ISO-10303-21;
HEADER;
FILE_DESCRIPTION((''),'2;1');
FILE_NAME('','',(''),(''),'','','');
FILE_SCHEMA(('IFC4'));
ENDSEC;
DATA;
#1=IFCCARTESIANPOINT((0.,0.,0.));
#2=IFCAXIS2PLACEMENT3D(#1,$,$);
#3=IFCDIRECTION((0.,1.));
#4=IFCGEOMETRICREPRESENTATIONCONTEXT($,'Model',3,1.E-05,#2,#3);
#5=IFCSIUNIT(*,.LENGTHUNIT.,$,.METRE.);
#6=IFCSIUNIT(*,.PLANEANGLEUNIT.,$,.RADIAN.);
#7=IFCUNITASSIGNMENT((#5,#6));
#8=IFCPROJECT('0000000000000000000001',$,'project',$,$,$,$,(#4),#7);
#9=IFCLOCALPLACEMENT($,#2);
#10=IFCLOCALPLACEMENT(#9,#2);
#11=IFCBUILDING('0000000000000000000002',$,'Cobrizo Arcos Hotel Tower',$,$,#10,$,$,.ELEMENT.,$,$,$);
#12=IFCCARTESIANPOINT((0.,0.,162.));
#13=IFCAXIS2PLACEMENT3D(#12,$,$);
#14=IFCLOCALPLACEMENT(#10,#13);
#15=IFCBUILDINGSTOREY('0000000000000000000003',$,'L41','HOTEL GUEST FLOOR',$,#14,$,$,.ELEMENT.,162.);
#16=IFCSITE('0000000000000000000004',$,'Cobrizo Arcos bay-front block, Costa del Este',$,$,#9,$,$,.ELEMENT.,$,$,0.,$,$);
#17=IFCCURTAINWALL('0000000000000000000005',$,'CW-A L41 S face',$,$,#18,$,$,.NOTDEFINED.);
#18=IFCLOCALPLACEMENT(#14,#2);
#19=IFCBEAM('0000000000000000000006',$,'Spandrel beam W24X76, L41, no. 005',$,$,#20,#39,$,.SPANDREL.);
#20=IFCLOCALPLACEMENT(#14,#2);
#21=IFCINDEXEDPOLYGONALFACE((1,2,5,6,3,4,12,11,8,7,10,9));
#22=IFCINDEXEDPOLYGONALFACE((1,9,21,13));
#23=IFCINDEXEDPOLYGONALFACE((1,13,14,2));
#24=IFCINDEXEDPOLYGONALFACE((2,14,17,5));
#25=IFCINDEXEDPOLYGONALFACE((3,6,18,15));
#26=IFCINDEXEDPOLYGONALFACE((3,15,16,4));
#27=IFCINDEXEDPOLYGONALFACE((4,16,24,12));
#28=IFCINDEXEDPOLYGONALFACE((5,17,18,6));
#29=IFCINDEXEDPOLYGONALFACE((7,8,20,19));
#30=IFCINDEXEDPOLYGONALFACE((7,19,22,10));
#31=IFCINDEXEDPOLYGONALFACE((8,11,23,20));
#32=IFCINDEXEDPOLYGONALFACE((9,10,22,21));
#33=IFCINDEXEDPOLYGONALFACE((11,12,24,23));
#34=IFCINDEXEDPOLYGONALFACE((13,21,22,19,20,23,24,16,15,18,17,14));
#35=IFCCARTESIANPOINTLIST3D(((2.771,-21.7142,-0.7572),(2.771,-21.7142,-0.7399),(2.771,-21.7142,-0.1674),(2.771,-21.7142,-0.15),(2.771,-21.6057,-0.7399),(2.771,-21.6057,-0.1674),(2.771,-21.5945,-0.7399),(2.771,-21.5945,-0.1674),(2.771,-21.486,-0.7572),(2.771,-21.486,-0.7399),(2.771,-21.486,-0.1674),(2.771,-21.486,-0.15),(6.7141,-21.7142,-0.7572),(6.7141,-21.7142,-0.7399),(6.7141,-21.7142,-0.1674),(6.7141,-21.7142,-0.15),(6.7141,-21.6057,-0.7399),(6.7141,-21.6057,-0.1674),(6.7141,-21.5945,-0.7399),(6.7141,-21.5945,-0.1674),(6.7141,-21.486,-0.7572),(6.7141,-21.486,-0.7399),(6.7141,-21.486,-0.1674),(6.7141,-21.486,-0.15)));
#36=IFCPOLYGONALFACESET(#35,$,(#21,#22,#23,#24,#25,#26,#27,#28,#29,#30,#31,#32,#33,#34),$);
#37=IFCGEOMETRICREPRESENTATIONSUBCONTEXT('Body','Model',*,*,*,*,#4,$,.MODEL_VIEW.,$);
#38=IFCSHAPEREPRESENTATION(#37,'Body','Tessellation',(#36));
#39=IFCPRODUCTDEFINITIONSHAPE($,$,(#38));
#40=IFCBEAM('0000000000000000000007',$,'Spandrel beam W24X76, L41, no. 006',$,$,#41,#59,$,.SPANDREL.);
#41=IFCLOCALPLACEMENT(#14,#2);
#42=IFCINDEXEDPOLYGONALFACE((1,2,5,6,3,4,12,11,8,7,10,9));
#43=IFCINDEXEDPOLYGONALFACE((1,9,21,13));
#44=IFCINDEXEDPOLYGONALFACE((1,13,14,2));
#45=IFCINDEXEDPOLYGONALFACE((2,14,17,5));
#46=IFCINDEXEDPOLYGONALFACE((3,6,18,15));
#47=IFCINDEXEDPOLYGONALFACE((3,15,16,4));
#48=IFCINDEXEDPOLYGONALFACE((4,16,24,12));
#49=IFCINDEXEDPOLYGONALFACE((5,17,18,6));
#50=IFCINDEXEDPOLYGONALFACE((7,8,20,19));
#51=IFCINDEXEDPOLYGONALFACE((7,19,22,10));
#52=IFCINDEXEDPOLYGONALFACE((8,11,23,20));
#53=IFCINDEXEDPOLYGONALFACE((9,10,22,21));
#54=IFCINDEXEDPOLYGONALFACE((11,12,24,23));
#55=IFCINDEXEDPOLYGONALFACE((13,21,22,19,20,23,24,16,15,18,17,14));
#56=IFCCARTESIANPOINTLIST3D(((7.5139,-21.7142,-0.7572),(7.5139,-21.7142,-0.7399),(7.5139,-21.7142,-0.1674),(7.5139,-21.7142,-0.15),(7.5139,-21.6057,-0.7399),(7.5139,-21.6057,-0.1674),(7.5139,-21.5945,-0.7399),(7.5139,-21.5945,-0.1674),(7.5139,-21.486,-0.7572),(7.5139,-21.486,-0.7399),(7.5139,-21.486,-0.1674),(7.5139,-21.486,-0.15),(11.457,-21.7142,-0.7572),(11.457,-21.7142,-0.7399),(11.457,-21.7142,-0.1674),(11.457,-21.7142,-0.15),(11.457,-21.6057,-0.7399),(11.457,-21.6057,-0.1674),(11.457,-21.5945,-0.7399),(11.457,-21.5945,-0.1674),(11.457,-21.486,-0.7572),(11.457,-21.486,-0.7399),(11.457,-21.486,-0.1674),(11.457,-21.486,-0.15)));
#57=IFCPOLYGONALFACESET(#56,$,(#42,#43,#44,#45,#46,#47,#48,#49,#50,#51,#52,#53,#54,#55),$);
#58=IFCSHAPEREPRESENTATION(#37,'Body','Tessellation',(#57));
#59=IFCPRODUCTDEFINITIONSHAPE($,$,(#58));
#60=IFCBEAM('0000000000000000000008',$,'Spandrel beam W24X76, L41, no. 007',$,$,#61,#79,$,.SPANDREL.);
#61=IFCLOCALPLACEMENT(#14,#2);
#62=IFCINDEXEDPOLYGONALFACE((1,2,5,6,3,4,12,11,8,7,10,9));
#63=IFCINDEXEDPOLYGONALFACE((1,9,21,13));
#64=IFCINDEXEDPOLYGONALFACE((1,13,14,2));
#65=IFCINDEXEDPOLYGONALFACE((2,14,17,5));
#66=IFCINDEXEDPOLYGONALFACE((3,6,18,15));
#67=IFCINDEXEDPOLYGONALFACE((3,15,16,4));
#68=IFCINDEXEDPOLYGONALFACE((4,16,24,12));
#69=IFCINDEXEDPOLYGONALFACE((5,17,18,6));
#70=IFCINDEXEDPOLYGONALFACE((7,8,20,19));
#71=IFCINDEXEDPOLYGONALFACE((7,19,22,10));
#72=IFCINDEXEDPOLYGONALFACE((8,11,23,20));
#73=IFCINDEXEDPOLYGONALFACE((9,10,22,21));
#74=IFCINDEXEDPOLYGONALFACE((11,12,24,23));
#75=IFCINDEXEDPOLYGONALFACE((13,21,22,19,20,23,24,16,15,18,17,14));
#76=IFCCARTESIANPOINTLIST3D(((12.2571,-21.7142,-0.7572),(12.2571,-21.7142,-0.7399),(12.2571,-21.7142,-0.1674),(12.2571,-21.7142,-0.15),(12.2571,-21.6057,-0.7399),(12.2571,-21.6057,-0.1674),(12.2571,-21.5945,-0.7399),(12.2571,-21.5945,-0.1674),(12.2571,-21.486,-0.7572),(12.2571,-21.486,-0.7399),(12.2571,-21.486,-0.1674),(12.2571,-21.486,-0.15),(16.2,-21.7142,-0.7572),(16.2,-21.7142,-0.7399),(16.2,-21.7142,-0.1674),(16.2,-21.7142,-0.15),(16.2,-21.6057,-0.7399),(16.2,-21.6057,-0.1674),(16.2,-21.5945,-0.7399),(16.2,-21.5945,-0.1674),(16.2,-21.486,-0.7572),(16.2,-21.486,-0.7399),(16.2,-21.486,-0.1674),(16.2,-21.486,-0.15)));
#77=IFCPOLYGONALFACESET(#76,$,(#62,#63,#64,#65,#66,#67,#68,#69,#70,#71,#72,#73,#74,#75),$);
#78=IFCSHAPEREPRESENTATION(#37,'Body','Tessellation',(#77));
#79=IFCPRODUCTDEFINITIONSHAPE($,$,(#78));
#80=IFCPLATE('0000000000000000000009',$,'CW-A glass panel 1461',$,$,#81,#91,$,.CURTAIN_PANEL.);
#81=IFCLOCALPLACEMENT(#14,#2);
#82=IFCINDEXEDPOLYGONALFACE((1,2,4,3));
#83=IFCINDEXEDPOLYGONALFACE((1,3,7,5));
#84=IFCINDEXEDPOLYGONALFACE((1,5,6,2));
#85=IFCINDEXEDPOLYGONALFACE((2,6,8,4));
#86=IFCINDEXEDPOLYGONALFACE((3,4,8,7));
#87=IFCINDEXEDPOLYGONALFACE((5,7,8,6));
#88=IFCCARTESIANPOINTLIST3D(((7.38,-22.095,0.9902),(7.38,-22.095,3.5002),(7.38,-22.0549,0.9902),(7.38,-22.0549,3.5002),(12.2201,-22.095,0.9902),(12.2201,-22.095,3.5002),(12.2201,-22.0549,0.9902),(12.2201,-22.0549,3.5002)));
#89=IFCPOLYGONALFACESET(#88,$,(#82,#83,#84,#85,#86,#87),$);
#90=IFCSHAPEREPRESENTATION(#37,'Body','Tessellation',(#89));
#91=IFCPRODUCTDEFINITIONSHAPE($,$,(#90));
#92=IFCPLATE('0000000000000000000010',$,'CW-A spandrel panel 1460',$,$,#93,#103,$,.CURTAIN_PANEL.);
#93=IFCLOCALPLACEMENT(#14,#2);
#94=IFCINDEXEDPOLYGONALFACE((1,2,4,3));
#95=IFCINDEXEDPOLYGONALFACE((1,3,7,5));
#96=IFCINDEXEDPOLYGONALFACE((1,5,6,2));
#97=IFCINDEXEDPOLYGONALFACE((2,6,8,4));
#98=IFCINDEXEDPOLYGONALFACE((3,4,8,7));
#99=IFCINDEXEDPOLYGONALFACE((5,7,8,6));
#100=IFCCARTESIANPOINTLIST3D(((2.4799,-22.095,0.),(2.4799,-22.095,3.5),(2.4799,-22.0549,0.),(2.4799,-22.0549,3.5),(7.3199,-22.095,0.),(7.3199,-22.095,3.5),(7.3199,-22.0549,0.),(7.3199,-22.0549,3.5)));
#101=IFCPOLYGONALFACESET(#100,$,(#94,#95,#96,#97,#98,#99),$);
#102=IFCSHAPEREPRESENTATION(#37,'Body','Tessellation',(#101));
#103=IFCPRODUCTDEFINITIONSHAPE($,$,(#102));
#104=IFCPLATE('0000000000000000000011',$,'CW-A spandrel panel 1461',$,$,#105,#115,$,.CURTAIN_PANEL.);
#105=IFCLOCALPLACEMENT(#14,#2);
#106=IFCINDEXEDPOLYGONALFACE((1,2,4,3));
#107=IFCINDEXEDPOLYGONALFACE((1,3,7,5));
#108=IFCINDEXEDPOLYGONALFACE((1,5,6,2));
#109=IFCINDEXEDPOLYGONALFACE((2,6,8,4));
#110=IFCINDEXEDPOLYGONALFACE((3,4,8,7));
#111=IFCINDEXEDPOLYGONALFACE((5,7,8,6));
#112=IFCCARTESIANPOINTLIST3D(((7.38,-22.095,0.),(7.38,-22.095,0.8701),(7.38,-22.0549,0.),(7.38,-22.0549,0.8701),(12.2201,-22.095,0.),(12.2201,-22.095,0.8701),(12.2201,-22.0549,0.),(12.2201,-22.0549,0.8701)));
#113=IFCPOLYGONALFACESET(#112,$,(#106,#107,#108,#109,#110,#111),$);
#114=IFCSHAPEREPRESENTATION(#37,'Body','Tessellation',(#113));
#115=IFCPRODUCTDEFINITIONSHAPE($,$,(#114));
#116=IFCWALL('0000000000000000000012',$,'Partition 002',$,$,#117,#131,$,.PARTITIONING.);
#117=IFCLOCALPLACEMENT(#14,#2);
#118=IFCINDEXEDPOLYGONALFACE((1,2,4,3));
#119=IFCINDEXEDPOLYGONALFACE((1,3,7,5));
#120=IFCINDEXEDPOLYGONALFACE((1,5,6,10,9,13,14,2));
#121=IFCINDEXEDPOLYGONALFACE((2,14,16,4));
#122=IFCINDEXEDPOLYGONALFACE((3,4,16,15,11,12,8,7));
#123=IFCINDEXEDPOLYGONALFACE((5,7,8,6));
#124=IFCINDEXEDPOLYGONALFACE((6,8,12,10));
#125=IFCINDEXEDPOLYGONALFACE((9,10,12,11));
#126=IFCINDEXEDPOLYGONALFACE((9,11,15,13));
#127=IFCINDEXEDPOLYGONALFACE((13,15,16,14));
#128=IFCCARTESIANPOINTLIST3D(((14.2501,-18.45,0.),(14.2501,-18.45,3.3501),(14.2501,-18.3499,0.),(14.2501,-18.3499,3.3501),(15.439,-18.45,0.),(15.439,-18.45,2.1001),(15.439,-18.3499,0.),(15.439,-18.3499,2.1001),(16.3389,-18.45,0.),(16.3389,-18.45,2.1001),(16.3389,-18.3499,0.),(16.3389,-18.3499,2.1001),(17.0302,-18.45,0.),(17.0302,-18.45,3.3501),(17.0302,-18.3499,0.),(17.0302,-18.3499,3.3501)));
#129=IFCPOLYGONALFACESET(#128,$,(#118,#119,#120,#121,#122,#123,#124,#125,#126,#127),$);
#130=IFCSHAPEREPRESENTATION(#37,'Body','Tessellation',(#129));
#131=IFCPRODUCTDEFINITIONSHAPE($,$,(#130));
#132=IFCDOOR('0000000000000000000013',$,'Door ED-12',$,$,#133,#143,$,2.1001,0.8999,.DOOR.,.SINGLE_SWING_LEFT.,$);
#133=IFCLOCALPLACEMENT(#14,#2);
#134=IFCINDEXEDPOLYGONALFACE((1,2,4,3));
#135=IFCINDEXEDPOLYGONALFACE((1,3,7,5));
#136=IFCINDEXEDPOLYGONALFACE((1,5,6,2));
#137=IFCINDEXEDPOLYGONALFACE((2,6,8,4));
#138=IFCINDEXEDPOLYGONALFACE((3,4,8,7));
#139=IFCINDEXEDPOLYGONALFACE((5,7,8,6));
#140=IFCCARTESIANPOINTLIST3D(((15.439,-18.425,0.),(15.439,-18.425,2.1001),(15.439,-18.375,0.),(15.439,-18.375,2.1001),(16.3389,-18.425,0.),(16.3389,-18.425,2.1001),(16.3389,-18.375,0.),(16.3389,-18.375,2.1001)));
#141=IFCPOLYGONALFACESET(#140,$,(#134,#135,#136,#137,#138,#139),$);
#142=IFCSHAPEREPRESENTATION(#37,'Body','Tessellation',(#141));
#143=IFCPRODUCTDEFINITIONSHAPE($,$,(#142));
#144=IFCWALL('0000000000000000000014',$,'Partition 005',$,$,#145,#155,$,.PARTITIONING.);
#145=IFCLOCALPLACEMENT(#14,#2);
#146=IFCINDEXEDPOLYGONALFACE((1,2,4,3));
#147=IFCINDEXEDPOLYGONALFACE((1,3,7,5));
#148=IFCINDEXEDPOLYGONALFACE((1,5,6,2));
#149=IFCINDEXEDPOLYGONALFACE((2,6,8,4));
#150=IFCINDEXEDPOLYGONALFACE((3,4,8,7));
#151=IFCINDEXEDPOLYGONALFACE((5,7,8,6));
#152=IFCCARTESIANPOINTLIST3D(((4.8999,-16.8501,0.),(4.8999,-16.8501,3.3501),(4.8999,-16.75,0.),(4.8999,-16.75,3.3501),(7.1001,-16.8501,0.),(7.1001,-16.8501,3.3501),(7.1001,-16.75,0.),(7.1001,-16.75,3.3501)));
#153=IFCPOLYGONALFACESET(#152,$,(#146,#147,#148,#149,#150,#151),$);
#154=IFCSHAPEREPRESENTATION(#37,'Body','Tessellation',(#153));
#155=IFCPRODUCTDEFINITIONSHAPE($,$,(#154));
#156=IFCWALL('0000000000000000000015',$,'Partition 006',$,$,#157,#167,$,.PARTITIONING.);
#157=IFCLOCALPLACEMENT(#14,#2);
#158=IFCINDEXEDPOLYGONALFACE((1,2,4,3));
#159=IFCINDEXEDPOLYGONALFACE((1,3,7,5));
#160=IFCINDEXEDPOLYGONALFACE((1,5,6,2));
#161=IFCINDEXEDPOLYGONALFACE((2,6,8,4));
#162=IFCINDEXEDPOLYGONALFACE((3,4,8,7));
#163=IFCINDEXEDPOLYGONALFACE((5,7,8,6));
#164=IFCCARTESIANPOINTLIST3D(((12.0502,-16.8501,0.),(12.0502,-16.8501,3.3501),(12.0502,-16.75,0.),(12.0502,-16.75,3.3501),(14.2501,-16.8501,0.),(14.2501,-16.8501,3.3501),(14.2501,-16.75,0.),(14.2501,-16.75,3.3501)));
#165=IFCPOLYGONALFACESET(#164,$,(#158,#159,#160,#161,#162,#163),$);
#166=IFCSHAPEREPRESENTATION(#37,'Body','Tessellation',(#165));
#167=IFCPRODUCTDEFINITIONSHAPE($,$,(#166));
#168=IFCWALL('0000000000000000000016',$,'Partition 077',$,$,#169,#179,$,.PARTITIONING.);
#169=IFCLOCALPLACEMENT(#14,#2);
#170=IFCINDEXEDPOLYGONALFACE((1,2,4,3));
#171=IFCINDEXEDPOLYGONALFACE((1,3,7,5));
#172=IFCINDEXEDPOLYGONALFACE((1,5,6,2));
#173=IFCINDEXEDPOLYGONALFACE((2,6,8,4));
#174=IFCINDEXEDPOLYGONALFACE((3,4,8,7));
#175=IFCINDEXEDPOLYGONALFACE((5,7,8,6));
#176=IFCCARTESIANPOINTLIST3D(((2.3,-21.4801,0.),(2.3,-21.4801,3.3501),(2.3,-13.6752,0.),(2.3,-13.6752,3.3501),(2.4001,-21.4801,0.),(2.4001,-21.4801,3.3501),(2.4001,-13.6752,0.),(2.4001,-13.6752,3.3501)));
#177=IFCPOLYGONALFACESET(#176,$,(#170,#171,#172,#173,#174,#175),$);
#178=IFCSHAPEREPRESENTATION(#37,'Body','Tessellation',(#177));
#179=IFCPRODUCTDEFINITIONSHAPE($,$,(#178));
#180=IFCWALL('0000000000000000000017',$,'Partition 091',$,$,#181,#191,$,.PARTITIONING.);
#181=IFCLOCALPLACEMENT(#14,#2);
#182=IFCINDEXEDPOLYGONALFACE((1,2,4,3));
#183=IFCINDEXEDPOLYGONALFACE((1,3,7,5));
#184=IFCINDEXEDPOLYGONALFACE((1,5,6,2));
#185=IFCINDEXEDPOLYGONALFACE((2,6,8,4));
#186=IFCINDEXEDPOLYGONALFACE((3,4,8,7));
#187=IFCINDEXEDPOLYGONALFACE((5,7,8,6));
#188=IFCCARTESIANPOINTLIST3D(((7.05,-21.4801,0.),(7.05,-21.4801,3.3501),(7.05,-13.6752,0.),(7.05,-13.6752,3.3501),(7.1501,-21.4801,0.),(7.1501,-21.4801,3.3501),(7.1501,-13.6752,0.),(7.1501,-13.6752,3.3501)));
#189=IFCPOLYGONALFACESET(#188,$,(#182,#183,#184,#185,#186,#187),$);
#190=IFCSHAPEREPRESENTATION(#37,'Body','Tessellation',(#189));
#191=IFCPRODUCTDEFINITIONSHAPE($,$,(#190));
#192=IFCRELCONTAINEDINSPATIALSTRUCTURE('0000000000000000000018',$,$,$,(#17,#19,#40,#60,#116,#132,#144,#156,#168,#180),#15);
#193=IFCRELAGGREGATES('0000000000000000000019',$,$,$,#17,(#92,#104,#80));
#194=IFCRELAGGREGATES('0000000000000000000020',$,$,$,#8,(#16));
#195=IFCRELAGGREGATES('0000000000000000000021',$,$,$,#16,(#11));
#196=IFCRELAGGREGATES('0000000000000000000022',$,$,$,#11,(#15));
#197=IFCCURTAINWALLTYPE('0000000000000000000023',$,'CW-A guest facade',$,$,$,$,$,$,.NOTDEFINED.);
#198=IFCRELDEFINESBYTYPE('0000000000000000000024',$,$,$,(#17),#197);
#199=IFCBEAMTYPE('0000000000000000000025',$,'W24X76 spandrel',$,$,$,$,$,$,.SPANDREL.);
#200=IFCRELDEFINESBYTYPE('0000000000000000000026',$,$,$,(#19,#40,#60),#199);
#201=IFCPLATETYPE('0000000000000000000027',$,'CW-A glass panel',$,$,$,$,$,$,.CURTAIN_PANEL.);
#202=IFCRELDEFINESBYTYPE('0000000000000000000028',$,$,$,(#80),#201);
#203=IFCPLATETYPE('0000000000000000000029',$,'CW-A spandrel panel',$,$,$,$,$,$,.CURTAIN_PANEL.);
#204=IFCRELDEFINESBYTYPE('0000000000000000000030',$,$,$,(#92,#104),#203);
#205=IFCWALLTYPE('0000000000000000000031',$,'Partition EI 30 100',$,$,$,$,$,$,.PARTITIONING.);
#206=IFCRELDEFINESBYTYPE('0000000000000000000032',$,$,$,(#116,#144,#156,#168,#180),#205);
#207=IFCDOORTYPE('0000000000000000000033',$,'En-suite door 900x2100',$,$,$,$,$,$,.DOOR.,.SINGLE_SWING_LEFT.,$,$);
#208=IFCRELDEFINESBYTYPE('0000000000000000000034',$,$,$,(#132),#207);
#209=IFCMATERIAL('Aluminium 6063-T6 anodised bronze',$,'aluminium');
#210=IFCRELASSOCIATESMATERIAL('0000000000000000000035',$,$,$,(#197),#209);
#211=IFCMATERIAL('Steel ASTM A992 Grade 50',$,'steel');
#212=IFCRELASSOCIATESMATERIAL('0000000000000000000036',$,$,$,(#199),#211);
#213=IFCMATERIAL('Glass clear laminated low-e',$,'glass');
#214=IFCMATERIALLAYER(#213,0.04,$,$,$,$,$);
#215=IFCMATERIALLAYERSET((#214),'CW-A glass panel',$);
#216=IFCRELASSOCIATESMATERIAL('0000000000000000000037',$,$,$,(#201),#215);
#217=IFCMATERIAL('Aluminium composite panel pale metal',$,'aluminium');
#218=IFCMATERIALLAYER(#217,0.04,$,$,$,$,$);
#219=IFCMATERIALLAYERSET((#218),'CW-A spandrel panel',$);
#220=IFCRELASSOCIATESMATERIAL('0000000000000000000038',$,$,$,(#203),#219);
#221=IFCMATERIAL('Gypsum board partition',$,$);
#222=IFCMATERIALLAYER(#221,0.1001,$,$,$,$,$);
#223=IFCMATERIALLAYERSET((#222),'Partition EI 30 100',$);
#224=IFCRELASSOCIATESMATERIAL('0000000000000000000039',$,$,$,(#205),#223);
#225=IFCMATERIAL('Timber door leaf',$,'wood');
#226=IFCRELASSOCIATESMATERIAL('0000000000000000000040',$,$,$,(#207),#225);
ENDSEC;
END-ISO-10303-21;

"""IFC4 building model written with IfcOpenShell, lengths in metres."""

from ifc_helpers import new_model, si_unit, direction, frame, frame_2d, origin, origin_2d, place, context, subcontext, project, spatial, rectangle, i_section, extrude, material, layer, layer_set, material_profile, profile_set, type_object, element, fill, aggregate, save


model = new_model("IFC4")

# Units and contexts
model_context = context("Model", 3, precision=1e-05, world=origin(), true_north=direction((0.0, 1.0)))
body_context = subcontext(model_context, "Body", "Model", "MODEL_VIEW")
ifc_project = project(units=[si_unit("LENGTHUNIT", "METRE"), si_unit("PLANEANGLEUNIT", "RADIAN")], contexts=[model_context])

# Site, building, storey
site_placement = place(None, origin())
site = spatial("IfcSite", under=ifc_project, at=site_placement, Name="Cobrizo Arcos bay-front block, Costa del Este", CompositionType="ELEMENT", RefElevation=0.0)
building_placement = place(site_placement, origin())
building = spatial("IfcBuilding", under=site, at=building_placement, Name="Cobrizo Arcos Hotel Tower", CompositionType="ELEMENT")
storey_placement = place(building_placement, frame((0.0, 0.0, 162.0)))
storey = spatial("IfcBuildingStorey", under=building, at=storey_placement, Name="L41", Description="HOTEL GUEST FLOOR", CompositionType="ELEMENT", Elevation=162.0)

# Curtain wall
ifc_material_1 = material(Name="Aluminium 6063-T6 anodised bronze", Category="aluminium")
curtain_wall_type = type_object("IfcCurtainWallType", Name="CW-A guest facade", PredefinedType="NOTDEFINED", material=ifc_material_1)
curtain_wall_placement = place(storey_placement, origin())
curtain_wall = element("IfcCurtainWall", 1, at=curtain_wall_placement, inside=storey, type_object=curtain_wall_type, Name="CW-A L41 S face", PredefinedType="NOTDEFINED")

# Beams
ifc_material_2 = material(Name="Steel ASTM A992 Grade 50", Category="steel")
ifc_material_profile_1 = material_profile(ifc_material_2, i_section(OverallWidth=0.2283, OverallDepth=0.6072, WebThickness=0.0112, FlangeThickness=0.0173, at=origin_2d()), Name="W24X76")
ifc_profile_set_1 = profile_set([ifc_material_profile_1], Name="Steel ASTM A992 Grade 50")
beam_type_1 = type_object("IfcBeamType", Name="W24X76 spandrel", PredefinedType="SPANDREL", material=ifc_profile_set_1)
for number, where, z_axis, x_axis, name in (
    (2, (2.771, -21.6001, -0.4536), (1.0, 0.0, 0.0), (0.0, 1.0, 0.0), "Spandrel beam W24X76, L41, no. 005"),
    (3, (7.5139, -21.6001, -0.4536), (1.0, 0.0, 0.0), (0.0, 1.0, 0.0), "Spandrel beam W24X76, L41, no. 006"),
):
    element("IfcBeam", number, at=place(storey_placement, frame(where, z_axis=z_axis, x_axis=x_axis)), inside=storey, type_object=beam_type_1, Name=name, PredefinedType="SPANDREL", context=body_context, shape_type="SweptSolid", body=[
        extrude(i_section(OverallWidth=0.2283, OverallDepth=0.6072, WebThickness=0.0112, FlangeThickness=0.0173, at=origin_2d()), origin(), (0.0, 0.0, 1.0), 3.9431),
    ])
beam_1_placement = place(storey_placement, frame((12.2571, -21.6001, -0.4536), z_axis=(1.0, 0.0, 0.0), x_axis=(0.0, 1.0, 0.0)))
element("IfcBeam", 4, at=beam_1_placement, inside=storey, type_object=beam_type_1, Name="Spandrel beam W24X76, L41, no. 007", PredefinedType="SPANDREL", context=body_context, shape_type="SweptSolid", body=[
    extrude(i_section(OverallWidth=0.2283, OverallDepth=0.6072, WebThickness=0.0112, FlangeThickness=0.0173, at=origin_2d()), origin(), (0.0, 0.0, 1.0), 3.9429),
])

# Plates
ifc_material_3 = material(Name="Glass clear laminated low-e", Category="glass")
ifc_layer_1 = layer(ifc_material_3, 0.04)
ifc_layer_set_1 = layer_set([ifc_layer_1], Name="CW-A glass panel")
plate_type_1 = type_object("IfcPlateType", Name="CW-A glass panel", PredefinedType="CURTAIN_PANEL", material=ifc_layer_set_1)
plate_1_placement = place(storey_placement, frame((9.8, -22.075, 0.9902), z_axis=(0.0, 0.0, 1.0), x_axis=(1.0, 0.0, 0.0)))
plate_1 = element("IfcPlate", 5, at=plate_1_placement, type_object=plate_type_1, Name="CW-A glass panel 1461", PredefinedType="CURTAIN_PANEL", context=body_context, shape_type="SweptSolid", body=[
    extrude(rectangle(XDim=4.8401, YDim=0.04, at=origin_2d()), origin(), (0.0, 0.0, 1.0), 2.51),
])
ifc_material_4 = material(Name="Aluminium composite panel pale metal", Category="aluminium")
ifc_layer_2 = layer(ifc_material_4, 0.04)
ifc_layer_set_2 = layer_set([ifc_layer_2], Name="CW-A spandrel panel")
plate_type_2 = type_object("IfcPlateType", Name="CW-A spandrel panel", PredefinedType="CURTAIN_PANEL", material=ifc_layer_set_2)
plate_2_placement = place(storey_placement, frame((4.8999, -22.075, 0.0), z_axis=(0.0, 0.0, 1.0), x_axis=(1.0, 0.0, 0.0)))
plate_2 = element("IfcPlate", 6, at=plate_2_placement, type_object=plate_type_2, Name="CW-A spandrel panel 1460", PredefinedType="CURTAIN_PANEL", context=body_context, shape_type="SweptSolid", body=[
    extrude(rectangle(XDim=4.8401, YDim=0.04, at=origin_2d()), origin(), (0.0, 0.0, 1.0), 3.5),
])
plate_3_placement = place(storey_placement, frame((9.8, -22.075, 0.0), z_axis=(0.0, 0.0, 1.0), x_axis=(1.0, 0.0, 0.0)))
plate_3 = element("IfcPlate", 7, at=plate_3_placement, type_object=plate_type_2, Name="CW-A spandrel panel 1461", PredefinedType="CURTAIN_PANEL", context=body_context, shape_type="SweptSolid", body=[
    extrude(rectangle(XDim=4.8401, YDim=0.04, at=origin_2d()), origin(), (0.0, 0.0, 1.0), 0.8701),
])
aggregate(curtain_wall, [plate_2, plate_3, plate_1])

# Wall, opening, door
ifc_material_5 = material(Name="Gypsum board partition")
ifc_layer_3 = layer(ifc_material_5, 0.1001)
ifc_layer_set_3 = layer_set([ifc_layer_3], Name="Partition EI 30 100")
wall_type = type_object("IfcWallType", Name="Partition EI 30 100", PredefinedType="PARTITIONING", material=ifc_layer_set_3)
wall_1_placement = place(storey_placement, frame((14.25, -18.3999, 0.0), z_axis=(0.0, 0.0, 1.0), x_axis=(1.0, 0.0, 0.0)))
wall_1 = element("IfcWall", 8, at=wall_1_placement, inside=storey, type_object=wall_type, Name="Partition 002", PredefinedType="PARTITIONING", context=body_context, shape_type="SweptSolid", body=[
    extrude(rectangle(XDim=2.78, YDim=0.1001, at=frame_2d((1.3901, 0.0))), origin(), (0.0, 0.0, 1.0), 3.3501),
])
opening_placement = place(wall_1_placement, frame((1.189, 0.0, 0.0)))
opening = element("IfcOpeningElement", 9, at=opening_placement, cuts=wall_1, PredefinedType="OPENING", context=body_context, shape_type="SweptSolid", body=[
    extrude(rectangle(XDim=0.8999, YDim=2.1001, at=frame_2d((0.45, 1.05))), frame((0.0, 0.062, 0.0), z_axis=(0.0, -1.0, 0.0), x_axis=(1.0, 0.0, 0.0)), (0.0, 0.0, 1.0), 0.124),
])
ifc_material_6 = material(Name="Timber door leaf", Category="wood")
door_type = type_object("IfcDoorType", Name="En-suite door 900x2100", OperationType="SINGLE_SWING_LEFT", PredefinedType="DOOR", material=ifc_material_6)
door_placement = place(opening_placement, origin())
door = element("IfcDoor", 10, at=door_placement, inside=storey, type_object=door_type, Name="Door ED-12", OperationType="SINGLE_SWING_LEFT", OverallHeight=2.1001, OverallWidth=0.8999, PredefinedType="DOOR", context=body_context, shape_type="SweptSolid", body=[
    extrude(rectangle(XDim=0.8999, YDim=2.1001, at=frame_2d((0.45, 1.05))), frame((0.0, 0.0249, 0.0), z_axis=(0.0, -1.0, 0.0), x_axis=(1.0, 0.0, 0.0)), (0.0, 0.0, 1.0), 0.05),
])
fill(opening, door)

# Walls
wall_2_placement = place(storey_placement, frame((4.8999, -16.8, 0.0), z_axis=(0.0, 0.0, 1.0), x_axis=(1.0, 0.0, 0.0)))
element("IfcWall", 11, at=wall_2_placement, inside=storey, type_object=wall_type, Name="Partition 005", PredefinedType="PARTITIONING", context=body_context, shape_type="SweptSolid", body=[
    extrude(rectangle(XDim=2.2002, YDim=0.1001, at=frame_2d((1.1001, 0.0))), origin(), (0.0, 0.0, 1.0), 3.3501),
])
wall_3_placement = place(storey_placement, frame((12.05, -16.8, 0.0), z_axis=(0.0, 0.0, 1.0), x_axis=(1.0, 0.0, 0.0)))
element("IfcWall", 12, at=wall_3_placement, inside=storey, type_object=wall_type, Name="Partition 006", PredefinedType="PARTITIONING", context=body_context, shape_type="SweptSolid", body=[
    extrude(rectangle(XDim=2.2, YDim=0.1001, at=frame_2d((1.1001, 0.0))), origin(), (0.0, 0.0, 1.0), 3.3501),
])
for number, where, z_axis, x_axis, name in (
    (13, (2.3501, -21.48, 0.0), (0.0, 0.0, 1.0), (0.0, 1.0, 0.0), "Partition 077"),
    (14, (7.1001, -21.48, 0.0), (0.0, 0.0, 1.0), (0.0, 1.0, 0.0), "Partition 091"),
):
    element("IfcWall", number, at=place(storey_placement, frame(where, z_axis=z_axis, x_axis=x_axis)), inside=storey, type_object=wall_type, Name=name, PredefinedType="PARTITIONING", context=body_context, shape_type="SweptSolid", body=[
        extrude(rectangle(XDim=7.8049, YDim=0.1001, at=frame_2d((3.9023, 0.0))), origin(), (0.0, 0.0, 1.0), 3.3501),
    ])

save(model, "model.ifc")
